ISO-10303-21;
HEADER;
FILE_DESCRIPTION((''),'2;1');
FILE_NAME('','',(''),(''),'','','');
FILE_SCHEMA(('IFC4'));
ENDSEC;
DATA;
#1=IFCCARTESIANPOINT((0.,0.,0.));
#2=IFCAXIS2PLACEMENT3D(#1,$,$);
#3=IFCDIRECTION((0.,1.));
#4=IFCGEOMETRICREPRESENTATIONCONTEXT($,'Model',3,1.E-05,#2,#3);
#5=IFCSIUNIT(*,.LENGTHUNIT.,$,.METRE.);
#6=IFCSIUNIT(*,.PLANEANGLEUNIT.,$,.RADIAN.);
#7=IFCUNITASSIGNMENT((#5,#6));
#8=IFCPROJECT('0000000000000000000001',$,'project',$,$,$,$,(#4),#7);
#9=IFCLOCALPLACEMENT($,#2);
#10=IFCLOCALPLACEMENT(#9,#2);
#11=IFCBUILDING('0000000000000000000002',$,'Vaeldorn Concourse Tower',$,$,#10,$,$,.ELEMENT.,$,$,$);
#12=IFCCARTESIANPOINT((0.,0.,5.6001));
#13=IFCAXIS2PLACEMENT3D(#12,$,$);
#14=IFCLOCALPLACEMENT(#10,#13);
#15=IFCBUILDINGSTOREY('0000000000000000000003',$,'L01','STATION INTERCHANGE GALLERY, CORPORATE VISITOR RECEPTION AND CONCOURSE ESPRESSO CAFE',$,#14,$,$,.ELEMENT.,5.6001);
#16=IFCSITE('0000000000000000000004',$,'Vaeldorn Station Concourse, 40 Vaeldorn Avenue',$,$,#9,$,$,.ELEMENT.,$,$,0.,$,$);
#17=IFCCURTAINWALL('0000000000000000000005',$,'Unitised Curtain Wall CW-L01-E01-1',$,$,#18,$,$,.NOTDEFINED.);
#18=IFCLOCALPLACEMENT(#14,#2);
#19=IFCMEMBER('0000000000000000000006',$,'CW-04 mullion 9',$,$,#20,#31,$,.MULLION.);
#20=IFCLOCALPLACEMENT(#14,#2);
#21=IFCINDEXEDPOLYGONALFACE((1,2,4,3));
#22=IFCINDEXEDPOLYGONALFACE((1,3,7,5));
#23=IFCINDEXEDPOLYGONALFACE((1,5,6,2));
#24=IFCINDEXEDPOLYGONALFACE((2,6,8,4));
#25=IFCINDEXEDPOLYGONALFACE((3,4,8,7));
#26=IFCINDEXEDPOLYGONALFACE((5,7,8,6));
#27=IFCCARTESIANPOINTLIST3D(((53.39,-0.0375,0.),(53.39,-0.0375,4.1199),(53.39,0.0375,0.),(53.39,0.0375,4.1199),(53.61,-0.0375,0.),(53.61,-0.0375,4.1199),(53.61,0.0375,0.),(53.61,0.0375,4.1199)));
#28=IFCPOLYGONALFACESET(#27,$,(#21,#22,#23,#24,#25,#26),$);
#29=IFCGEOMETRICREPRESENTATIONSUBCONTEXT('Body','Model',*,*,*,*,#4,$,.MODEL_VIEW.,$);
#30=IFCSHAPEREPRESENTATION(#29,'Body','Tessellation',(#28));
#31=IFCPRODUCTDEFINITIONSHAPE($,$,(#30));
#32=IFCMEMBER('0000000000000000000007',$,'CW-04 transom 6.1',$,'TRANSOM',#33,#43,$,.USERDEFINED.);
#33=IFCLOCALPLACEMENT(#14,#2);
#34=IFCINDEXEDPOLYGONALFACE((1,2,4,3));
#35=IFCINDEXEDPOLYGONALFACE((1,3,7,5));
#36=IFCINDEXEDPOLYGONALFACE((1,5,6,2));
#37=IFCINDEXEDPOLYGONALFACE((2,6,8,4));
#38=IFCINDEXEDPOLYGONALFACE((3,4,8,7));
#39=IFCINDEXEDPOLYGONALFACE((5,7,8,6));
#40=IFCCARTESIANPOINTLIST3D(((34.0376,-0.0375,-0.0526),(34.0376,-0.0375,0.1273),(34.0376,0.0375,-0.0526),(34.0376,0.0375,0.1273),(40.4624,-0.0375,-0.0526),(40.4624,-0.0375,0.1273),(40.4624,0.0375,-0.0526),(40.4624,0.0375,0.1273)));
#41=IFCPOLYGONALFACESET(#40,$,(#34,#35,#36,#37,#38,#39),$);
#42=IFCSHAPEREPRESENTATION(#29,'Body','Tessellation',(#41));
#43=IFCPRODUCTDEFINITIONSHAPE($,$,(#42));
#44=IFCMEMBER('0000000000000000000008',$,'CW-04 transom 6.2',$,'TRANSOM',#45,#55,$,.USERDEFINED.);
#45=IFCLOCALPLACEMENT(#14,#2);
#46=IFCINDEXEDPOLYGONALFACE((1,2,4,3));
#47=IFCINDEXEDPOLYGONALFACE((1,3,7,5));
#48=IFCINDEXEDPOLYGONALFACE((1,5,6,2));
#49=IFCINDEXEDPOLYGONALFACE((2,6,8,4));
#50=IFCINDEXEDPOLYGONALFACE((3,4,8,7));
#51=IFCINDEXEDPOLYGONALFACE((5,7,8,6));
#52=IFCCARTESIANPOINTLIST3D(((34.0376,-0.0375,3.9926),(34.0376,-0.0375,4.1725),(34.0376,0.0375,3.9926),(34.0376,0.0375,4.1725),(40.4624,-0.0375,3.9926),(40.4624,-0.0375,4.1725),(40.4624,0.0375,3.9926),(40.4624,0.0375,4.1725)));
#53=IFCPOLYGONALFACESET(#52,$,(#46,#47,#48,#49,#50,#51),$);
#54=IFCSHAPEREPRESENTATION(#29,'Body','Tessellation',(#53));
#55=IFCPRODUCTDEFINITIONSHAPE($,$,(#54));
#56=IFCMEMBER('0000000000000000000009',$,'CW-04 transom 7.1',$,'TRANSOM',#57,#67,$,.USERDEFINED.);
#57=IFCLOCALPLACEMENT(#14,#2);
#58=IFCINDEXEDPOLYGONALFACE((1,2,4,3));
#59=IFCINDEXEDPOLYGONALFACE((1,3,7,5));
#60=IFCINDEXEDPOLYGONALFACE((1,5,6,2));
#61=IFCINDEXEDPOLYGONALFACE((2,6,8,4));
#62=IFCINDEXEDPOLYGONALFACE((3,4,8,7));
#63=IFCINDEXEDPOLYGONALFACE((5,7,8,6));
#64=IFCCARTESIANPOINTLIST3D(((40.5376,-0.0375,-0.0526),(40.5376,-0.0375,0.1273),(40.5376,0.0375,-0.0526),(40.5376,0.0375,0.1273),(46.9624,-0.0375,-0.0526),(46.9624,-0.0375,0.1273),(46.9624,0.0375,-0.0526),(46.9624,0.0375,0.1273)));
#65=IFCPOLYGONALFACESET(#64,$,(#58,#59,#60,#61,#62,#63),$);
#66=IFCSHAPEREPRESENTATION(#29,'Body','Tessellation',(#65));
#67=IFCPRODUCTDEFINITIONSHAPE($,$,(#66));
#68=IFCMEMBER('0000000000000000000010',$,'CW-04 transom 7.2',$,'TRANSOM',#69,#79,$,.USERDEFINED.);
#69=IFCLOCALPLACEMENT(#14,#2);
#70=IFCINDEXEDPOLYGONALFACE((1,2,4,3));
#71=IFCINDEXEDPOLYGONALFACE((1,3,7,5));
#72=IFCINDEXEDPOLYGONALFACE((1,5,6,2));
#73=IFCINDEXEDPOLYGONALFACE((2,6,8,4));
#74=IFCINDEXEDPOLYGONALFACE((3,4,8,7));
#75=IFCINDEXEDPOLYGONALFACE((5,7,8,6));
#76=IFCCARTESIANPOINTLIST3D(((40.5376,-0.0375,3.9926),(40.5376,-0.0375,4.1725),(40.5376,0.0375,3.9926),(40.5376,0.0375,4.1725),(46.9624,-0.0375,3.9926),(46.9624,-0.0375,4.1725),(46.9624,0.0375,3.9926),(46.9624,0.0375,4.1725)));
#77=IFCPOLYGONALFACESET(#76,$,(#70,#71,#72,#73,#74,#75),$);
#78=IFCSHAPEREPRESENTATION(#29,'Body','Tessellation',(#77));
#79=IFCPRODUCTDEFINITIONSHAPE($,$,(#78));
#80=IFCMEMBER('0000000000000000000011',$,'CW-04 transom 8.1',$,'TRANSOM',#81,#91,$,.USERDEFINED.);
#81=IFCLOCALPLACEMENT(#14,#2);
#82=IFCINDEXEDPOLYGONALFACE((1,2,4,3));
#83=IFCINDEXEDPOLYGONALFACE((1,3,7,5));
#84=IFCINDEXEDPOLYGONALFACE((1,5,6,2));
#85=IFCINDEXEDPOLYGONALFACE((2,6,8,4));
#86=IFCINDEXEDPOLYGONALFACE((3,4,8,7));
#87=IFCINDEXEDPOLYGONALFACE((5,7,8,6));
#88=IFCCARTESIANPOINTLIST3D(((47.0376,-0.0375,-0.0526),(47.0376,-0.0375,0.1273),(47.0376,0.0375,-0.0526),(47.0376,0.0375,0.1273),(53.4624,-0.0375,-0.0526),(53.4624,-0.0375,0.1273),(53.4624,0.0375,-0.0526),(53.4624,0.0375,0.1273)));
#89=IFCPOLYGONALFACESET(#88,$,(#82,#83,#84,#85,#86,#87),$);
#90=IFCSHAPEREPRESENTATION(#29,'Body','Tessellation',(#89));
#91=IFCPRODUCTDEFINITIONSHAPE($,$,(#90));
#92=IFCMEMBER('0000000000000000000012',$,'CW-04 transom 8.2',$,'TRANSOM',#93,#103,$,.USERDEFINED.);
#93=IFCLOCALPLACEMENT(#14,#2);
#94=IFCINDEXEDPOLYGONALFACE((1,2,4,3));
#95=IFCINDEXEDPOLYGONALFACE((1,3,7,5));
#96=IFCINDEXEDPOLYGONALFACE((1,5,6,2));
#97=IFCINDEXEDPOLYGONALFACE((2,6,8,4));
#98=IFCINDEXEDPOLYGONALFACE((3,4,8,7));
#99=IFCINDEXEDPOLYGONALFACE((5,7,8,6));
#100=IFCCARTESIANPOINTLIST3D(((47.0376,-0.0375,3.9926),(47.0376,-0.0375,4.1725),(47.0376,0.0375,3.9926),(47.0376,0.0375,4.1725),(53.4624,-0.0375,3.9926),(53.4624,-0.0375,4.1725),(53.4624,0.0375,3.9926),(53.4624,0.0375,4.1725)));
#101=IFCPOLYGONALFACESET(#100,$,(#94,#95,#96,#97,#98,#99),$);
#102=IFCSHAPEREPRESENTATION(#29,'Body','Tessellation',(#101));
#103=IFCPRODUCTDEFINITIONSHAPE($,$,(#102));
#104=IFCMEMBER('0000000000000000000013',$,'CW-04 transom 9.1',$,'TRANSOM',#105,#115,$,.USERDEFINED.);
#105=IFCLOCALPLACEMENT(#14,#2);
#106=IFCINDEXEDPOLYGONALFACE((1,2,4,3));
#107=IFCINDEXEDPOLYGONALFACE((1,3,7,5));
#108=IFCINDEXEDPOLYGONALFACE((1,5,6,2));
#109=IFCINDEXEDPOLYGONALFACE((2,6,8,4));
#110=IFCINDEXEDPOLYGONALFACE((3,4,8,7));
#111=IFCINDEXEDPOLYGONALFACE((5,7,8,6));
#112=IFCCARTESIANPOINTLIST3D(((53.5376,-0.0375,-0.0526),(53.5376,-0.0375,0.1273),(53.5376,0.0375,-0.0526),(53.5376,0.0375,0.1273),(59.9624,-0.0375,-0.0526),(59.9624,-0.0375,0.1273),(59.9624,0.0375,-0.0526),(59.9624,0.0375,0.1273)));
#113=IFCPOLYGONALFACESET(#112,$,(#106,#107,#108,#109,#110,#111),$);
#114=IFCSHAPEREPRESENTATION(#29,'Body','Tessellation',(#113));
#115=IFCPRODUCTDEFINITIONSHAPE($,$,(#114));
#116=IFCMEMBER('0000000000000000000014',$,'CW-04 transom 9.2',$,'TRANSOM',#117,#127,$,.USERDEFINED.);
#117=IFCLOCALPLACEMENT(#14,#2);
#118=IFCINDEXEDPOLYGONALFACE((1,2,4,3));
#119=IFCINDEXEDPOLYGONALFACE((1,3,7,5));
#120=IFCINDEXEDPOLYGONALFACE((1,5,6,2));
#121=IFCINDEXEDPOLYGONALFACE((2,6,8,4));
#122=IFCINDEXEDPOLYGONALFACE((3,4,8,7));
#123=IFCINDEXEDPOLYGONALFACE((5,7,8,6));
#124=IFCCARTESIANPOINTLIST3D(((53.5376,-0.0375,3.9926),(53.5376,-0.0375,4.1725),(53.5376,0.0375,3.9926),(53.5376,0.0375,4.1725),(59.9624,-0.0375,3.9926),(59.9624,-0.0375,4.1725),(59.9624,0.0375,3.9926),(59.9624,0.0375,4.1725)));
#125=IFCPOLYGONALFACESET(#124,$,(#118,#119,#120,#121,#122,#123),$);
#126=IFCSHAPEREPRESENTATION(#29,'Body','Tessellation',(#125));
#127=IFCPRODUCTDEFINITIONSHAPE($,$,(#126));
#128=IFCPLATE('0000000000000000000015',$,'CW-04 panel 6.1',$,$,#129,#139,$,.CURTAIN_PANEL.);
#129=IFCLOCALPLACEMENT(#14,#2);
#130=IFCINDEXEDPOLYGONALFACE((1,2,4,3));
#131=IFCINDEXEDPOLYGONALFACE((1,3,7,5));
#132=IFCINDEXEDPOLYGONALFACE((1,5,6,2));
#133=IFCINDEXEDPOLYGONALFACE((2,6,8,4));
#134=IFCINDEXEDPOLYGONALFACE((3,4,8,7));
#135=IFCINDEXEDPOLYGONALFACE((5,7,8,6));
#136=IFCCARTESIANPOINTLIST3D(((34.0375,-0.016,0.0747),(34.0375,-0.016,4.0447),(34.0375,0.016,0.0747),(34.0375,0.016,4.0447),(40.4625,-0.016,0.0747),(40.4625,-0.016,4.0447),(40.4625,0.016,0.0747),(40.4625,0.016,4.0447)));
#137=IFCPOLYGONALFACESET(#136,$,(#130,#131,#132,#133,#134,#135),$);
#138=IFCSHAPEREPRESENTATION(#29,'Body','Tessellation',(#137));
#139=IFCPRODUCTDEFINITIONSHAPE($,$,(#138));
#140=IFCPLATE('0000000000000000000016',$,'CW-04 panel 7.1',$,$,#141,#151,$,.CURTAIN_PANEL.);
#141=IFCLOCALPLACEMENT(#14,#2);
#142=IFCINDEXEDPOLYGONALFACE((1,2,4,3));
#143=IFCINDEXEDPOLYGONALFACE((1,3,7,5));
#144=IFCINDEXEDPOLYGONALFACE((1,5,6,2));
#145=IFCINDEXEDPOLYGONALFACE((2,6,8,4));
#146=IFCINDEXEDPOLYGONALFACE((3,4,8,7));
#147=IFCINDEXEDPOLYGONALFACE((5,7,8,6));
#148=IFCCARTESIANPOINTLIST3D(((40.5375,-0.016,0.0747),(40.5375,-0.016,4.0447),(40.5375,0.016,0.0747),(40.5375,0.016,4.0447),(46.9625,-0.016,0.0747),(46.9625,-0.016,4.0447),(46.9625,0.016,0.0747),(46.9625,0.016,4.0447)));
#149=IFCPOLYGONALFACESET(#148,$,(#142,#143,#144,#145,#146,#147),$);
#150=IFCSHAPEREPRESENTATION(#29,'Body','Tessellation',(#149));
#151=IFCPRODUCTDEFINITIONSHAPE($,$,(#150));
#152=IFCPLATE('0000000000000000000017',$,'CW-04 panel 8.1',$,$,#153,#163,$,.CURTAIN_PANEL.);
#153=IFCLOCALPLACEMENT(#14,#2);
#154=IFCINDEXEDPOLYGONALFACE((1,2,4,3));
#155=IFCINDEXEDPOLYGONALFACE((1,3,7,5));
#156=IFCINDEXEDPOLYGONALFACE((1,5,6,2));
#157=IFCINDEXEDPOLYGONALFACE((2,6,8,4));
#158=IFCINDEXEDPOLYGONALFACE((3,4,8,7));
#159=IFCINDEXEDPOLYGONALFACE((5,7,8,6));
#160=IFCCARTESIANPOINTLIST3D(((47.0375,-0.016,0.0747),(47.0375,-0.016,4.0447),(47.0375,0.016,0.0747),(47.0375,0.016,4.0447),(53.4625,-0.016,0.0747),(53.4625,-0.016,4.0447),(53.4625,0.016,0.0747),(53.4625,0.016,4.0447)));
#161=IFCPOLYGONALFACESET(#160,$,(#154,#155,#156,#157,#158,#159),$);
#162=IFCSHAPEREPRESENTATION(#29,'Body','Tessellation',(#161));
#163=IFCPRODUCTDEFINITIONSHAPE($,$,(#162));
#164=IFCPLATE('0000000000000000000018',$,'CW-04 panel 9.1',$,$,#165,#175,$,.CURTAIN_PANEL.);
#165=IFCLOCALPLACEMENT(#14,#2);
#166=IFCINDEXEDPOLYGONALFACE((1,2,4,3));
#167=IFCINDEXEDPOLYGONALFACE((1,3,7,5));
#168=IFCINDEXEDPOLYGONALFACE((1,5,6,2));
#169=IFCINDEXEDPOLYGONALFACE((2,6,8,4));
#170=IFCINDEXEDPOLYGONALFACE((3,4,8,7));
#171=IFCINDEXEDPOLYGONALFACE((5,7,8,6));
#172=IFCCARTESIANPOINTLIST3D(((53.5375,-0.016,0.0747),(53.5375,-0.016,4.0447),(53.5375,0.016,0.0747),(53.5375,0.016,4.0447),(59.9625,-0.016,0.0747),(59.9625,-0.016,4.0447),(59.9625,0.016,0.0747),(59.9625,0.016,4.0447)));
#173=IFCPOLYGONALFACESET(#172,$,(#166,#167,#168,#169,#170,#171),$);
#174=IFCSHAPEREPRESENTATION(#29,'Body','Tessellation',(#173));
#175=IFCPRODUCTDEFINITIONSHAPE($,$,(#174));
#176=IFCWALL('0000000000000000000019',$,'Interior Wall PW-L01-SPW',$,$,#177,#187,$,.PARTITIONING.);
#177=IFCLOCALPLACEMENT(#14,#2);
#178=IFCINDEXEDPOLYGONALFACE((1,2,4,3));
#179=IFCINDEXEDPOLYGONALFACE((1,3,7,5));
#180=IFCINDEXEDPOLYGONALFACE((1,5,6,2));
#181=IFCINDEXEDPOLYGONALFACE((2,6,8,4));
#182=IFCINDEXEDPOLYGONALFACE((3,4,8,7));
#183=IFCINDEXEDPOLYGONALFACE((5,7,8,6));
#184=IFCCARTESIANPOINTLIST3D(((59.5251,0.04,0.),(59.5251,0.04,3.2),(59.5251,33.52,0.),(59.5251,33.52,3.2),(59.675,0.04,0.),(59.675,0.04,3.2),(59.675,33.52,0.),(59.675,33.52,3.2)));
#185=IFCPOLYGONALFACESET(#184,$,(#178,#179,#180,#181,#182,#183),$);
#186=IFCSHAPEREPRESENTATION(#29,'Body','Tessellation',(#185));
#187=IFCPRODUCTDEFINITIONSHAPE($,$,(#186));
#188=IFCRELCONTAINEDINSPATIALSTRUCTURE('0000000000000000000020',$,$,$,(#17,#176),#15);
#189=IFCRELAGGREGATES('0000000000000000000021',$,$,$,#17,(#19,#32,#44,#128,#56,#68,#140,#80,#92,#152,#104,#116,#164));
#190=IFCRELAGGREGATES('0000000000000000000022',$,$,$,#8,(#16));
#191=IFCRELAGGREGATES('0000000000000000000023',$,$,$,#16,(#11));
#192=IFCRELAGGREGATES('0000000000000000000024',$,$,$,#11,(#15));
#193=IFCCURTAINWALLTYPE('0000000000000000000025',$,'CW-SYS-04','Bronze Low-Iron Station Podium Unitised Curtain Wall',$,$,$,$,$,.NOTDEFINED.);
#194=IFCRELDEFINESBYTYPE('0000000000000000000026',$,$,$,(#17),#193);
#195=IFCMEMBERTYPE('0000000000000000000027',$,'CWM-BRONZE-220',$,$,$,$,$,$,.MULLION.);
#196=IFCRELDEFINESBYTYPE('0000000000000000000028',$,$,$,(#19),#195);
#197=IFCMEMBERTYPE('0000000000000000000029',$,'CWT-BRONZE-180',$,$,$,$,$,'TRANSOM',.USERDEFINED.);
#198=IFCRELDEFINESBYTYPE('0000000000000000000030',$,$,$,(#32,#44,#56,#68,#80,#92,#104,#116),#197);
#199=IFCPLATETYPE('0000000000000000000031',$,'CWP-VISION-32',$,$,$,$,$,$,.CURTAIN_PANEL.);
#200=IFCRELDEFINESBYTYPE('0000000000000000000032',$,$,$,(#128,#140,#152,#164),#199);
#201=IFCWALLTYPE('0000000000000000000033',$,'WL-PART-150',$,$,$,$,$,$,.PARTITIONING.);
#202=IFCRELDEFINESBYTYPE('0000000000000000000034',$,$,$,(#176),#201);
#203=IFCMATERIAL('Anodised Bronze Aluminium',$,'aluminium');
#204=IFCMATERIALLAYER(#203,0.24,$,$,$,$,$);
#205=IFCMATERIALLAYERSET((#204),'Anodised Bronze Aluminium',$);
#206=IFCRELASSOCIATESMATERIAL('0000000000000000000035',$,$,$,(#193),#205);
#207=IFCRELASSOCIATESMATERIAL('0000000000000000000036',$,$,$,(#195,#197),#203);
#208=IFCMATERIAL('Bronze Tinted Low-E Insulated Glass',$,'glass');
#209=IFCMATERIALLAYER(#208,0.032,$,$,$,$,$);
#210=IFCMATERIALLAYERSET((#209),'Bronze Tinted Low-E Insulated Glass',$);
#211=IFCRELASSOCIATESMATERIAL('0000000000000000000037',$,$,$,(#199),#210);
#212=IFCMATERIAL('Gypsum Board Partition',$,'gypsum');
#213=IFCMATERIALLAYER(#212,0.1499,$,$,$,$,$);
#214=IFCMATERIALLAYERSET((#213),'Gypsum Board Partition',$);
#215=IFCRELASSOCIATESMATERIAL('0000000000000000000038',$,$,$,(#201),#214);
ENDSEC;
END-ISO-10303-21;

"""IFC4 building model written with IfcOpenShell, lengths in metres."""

from ifc_helpers import new_model, si_unit, direction, frame, frame_2d, origin, origin_2d, place, context, subcontext, project, spatial, rectangle, extrude, source, transform, mapped, material, layer, layer_set, material_profile, profile_set, type_object, element, aggregate, save


model = new_model("IFC4")

# Units and contexts
model_context = context("Model", 3, precision=1e-05, world=origin(), true_north=direction((0.0, 1.0)))
body_context = subcontext(model_context, "Body", "Model", "MODEL_VIEW")
ifc_project = project(units=[si_unit("LENGTHUNIT", "METRE"), si_unit("PLANEANGLEUNIT", "RADIAN")], contexts=[model_context])

# Site, building, storey
site_placement = place(None, origin())
site = spatial("IfcSite", under=ifc_project, at=site_placement, Name="Vaeldorn Station Concourse, 40 Vaeldorn Avenue", CompositionType="ELEMENT", RefElevation=0.0)
building_placement = place(site_placement, origin())
building = spatial("IfcBuilding", under=site, at=building_placement, Name="Vaeldorn Concourse Tower", CompositionType="ELEMENT")
storey_placement = place(building_placement, frame((0.0, 0.0, 5.6001)))
storey = spatial("IfcBuildingStorey", under=building, at=storey_placement, Name="L01", Description="STATION INTERCHANGE GALLERY, CORPORATE VISITOR RECEPTION AND CONCOURSE ESPRESSO CAFE", CompositionType="ELEMENT", Elevation=5.6001)

# Curtain wall, members, plates
ifc_material_1 = material(Name="Anodised Bronze Aluminium", Category="aluminium")
ifc_layer_1 = layer(ifc_material_1, 0.24)
ifc_layer_set_1 = layer_set([ifc_layer_1], Name="Anodised Bronze Aluminium")
curtain_wall_type = type_object("IfcCurtainWallType", Name="CW-SYS-04", Description="Bronze Low-Iron Station Podium Unitised Curtain Wall", PredefinedType="NOTDEFINED", material=ifc_layer_set_1)
curtain_wall_placement = place(storey_placement, origin())
curtain_wall = element("IfcCurtainWall", 1, at=curtain_wall_placement, inside=storey, type_object=curtain_wall_type, Name="Unitised Curtain Wall CW-L01-E01-1", PredefinedType="NOTDEFINED")
ifc_material_profile_1 = material_profile(ifc_material_1, rectangle(XDim=0.075, YDim=0.22, at=origin_2d()), Name="CWM 75x220")
ifc_profile_set_1 = profile_set([ifc_material_profile_1], Name="Anodised Bronze Aluminium")
member_type_1 = type_object("IfcMemberType", Name="CWM-BRONZE-220", PredefinedType="MULLION", material=ifc_profile_set_1)
shared_shape_1 = source(origin(), body_context, "Body", "SweptSolid", [
    extrude(rectangle(XDim=0.075, YDim=0.22, at=origin_2d()), origin(), (0.0, 0.0, 1.0), 4.1199),
])
member_1_placement = place(storey_placement, frame((53.5, 0.0, 0.0), z_axis=(0.0, 0.0, 1.0), x_axis=(0.0, 1.0, 0.0)))
member_1 = element("IfcMember", 2, at=member_1_placement, type_object=member_type_1, Name="CW-04 mullion 9", PredefinedType="MULLION", context=body_context, shape_type="MappedRepresentation", body=[
    mapped(shared_shape_1, transform((0.0, 0.0, 0.0), scale=1.0)),
])
ifc_material_profile_2 = material_profile(ifc_material_1, rectangle(XDim=0.075, YDim=0.1799, at=origin_2d()), Name="CWT 75x180")
ifc_profile_set_2 = profile_set([ifc_material_profile_2], Name="Anodised Bronze Aluminium")
member_type_2 = type_object("IfcMemberType", Name="CWT-BRONZE-180", ElementType="TRANSOM", PredefinedType="USERDEFINED", material=ifc_profile_set_2)
shared_shape_2 = source(origin(), body_context, "Body", "SweptSolid", [
    extrude(rectangle(XDim=0.075, YDim=0.1799, at=origin_2d()), origin(), (0.0, 0.0, 1.0), 6.4248),
])
member_2_placement = place(storey_placement, frame((34.0376, 0.0, 0.0374), z_axis=(1.0, 0.0, 0.0), x_axis=(0.0, 1.0, 0.0)))
member_2 = element("IfcMember", 3, at=member_2_placement, type_object=member_type_2, Name="CW-04 transom 6.1", ObjectType="TRANSOM", PredefinedType="USERDEFINED", context=body_context, shape_type="MappedRepresentation", body=[
    mapped(shared_shape_2, transform((0.0, 0.0, 0.0), scale=1.0)),
])
member_3_placement = place(storey_placement, frame((34.0376, 0.0, 4.0825), z_axis=(1.0, 0.0, 0.0), x_axis=(0.0, 1.0, 0.0)))
member_3 = element("IfcMember", 4, at=member_3_placement, type_object=member_type_2, Name="CW-04 transom 6.2", ObjectType="TRANSOM", PredefinedType="USERDEFINED", context=body_context, shape_type="MappedRepresentation", body=[
    mapped(shared_shape_2, transform((0.0, 0.0, 0.0), scale=1.0)),
])
member_4_placement = place(storey_placement, frame((40.5376, 0.0, 0.0374), z_axis=(1.0, 0.0, 0.0), x_axis=(0.0, 1.0, 0.0)))
member_4 = element("IfcMember", 5, at=member_4_placement, type_object=member_type_2, Name="CW-04 transom 7.1", ObjectType="TRANSOM", PredefinedType="USERDEFINED", context=body_context, shape_type="MappedRepresentation", body=[
    mapped(shared_shape_2, transform((0.0, 0.0, 0.0), scale=1.0)),
])
member_5_placement = place(storey_placement, frame((40.5376, 0.0, 4.0825), z_axis=(1.0, 0.0, 0.0), x_axis=(0.0, 1.0, 0.0)))
member_5 = element("IfcMember", 6, at=member_5_placement, type_object=member_type_2, Name="CW-04 transom 7.2", ObjectType="TRANSOM", PredefinedType="USERDEFINED", context=body_context, shape_type="MappedRepresentation", body=[
    mapped(shared_shape_2, transform((0.0, 0.0, 0.0), scale=1.0)),
])
member_6_placement = place(storey_placement, frame((47.0376, 0.0, 0.0374), z_axis=(1.0, 0.0, 0.0), x_axis=(0.0, 1.0, 0.0)))
member_6 = element("IfcMember", 7, at=member_6_placement, type_object=member_type_2, Name="CW-04 transom 8.1", ObjectType="TRANSOM", PredefinedType="USERDEFINED", context=body_context, shape_type="MappedRepresentation", body=[
    mapped(shared_shape_2, transform((0.0, 0.0, 0.0), scale=1.0)),
])
member_7_placement = place(storey_placement, frame((47.0376, 0.0, 4.0825), z_axis=(1.0, 0.0, 0.0), x_axis=(0.0, 1.0, 0.0)))
member_7 = element("IfcMember", 8, at=member_7_placement, type_object=member_type_2, Name="CW-04 transom 8.2", ObjectType="TRANSOM", PredefinedType="USERDEFINED", context=body_context, shape_type="MappedRepresentation", body=[
    mapped(shared_shape_2, transform((0.0, 0.0, 0.0), scale=1.0)),
])
member_8_placement = place(storey_placement, frame((53.5376, 0.0, 0.0374), z_axis=(1.0, 0.0, 0.0), x_axis=(0.0, 1.0, 0.0)))
member_8 = element("IfcMember", 9, at=member_8_placement, type_object=member_type_2, Name="CW-04 transom 9.1", ObjectType="TRANSOM", PredefinedType="USERDEFINED", context=body_context, shape_type="MappedRepresentation", body=[
    mapped(shared_shape_2, transform((0.0, 0.0, 0.0), scale=1.0)),
])
member_9_placement = place(storey_placement, frame((53.5376, 0.0, 4.0825), z_axis=(1.0, 0.0, 0.0), x_axis=(0.0, 1.0, 0.0)))
member_9 = element("IfcMember", 10, at=member_9_placement, type_object=member_type_2, Name="CW-04 transom 9.2", ObjectType="TRANSOM", PredefinedType="USERDEFINED", context=body_context, shape_type="MappedRepresentation", body=[
    mapped(shared_shape_2, transform((0.0, 0.0, 0.0), scale=1.0)),
])
ifc_material_2 = material(Name="Bronze Tinted Low-E Insulated Glass", Category="glass")
ifc_layer_2 = layer(ifc_material_2, 0.032)
ifc_layer_set_2 = layer_set([ifc_layer_2], Name="Bronze Tinted Low-E Insulated Glass")
plate_type = type_object("IfcPlateType", Name="CWP-VISION-32", PredefinedType="CURTAIN_PANEL", material=ifc_layer_set_2)
shared_shape_3 = source(origin(), body_context, "Body", "SweptSolid", [
    extrude(rectangle(XDim=6.425, YDim=0.032, at=origin_2d()), origin(), (0.0, 0.0, 1.0), 3.97),
])
plate_1_placement = place(storey_placement, frame((37.25, 0.0, 0.0747), z_axis=(0.0, 0.0, 1.0), x_axis=(1.0, 0.0, 0.0)))
plate_1 = element("IfcPlate", 11, at=plate_1_placement, type_object=plate_type, Name="CW-04 panel 6.1", PredefinedType="CURTAIN_PANEL", context=body_context, shape_type="MappedRepresentation", body=[
    mapped(shared_shape_3, transform((0.0, 0.0, 0.0), scale=1.0)),
])
plate_2_placement = place(storey_placement, frame((43.75, 0.0, 0.0747), z_axis=(0.0, 0.0, 1.0), x_axis=(1.0, 0.0, 0.0)))
plate_2 = element("IfcPlate", 12, at=plate_2_placement, type_object=plate_type, Name="CW-04 panel 7.1", PredefinedType="CURTAIN_PANEL", context=body_context, shape_type="MappedRepresentation", body=[
    mapped(shared_shape_3, transform((0.0, 0.0, 0.0), scale=1.0)),
])
plate_3_placement = place(storey_placement, frame((50.25, 0.0, 0.0747), z_axis=(0.0, 0.0, 1.0), x_axis=(1.0, 0.0, 0.0)))
plate_3 = element("IfcPlate", 13, at=plate_3_placement, type_object=plate_type, Name="CW-04 panel 8.1", PredefinedType="CURTAIN_PANEL", context=body_context, shape_type="MappedRepresentation", body=[
    mapped(shared_shape_3, transform((0.0, 0.0, 0.0), scale=1.0)),
])
plate_4_placement = place(storey_placement, frame((56.75, 0.0, 0.0747), z_axis=(0.0, 0.0, 1.0), x_axis=(1.0, 0.0, 0.0)))
plate_4 = element("IfcPlate", 14, at=plate_4_placement, type_object=plate_type, Name="CW-04 panel 9.1", PredefinedType="CURTAIN_PANEL", context=body_context, shape_type="MappedRepresentation", body=[
    mapped(shared_shape_3, transform((0.0, 0.0, 0.0), scale=1.0)),
])
aggregate(curtain_wall, [member_1, member_2, member_3, plate_1, member_4, member_5, plate_2, member_6, member_7, plate_3, member_8, member_9, plate_4])

# Wall
ifc_material_3 = material(Name="Gypsum Board Partition", Category="gypsum")
ifc_layer_3 = layer(ifc_material_3, 0.1499)
ifc_layer_set_3 = layer_set([ifc_layer_3], Name="Gypsum Board Partition")
wall_type = type_object("IfcWallType", Name="WL-PART-150", PredefinedType="PARTITIONING", material=ifc_layer_set_3)
wall_1_placement = place(storey_placement, frame((59.6001, 0.04, 0.0), z_axis=(0.0, 0.0, 1.0), x_axis=(0.0, 1.0, 0.0)))
element("IfcWall", 15, at=wall_1_placement, inside=storey, type_object=wall_type, Name="Interior Wall PW-L01-SPW", PredefinedType="PARTITIONING", context=body_context, shape_type="SweptSolid", body=[
    extrude(rectangle(XDim=33.48, YDim=0.1499, at=frame_2d((16.74, 0.0))), origin(), (0.0, 0.0, 1.0), 3.2),
])

save(model, "model.ifc")
